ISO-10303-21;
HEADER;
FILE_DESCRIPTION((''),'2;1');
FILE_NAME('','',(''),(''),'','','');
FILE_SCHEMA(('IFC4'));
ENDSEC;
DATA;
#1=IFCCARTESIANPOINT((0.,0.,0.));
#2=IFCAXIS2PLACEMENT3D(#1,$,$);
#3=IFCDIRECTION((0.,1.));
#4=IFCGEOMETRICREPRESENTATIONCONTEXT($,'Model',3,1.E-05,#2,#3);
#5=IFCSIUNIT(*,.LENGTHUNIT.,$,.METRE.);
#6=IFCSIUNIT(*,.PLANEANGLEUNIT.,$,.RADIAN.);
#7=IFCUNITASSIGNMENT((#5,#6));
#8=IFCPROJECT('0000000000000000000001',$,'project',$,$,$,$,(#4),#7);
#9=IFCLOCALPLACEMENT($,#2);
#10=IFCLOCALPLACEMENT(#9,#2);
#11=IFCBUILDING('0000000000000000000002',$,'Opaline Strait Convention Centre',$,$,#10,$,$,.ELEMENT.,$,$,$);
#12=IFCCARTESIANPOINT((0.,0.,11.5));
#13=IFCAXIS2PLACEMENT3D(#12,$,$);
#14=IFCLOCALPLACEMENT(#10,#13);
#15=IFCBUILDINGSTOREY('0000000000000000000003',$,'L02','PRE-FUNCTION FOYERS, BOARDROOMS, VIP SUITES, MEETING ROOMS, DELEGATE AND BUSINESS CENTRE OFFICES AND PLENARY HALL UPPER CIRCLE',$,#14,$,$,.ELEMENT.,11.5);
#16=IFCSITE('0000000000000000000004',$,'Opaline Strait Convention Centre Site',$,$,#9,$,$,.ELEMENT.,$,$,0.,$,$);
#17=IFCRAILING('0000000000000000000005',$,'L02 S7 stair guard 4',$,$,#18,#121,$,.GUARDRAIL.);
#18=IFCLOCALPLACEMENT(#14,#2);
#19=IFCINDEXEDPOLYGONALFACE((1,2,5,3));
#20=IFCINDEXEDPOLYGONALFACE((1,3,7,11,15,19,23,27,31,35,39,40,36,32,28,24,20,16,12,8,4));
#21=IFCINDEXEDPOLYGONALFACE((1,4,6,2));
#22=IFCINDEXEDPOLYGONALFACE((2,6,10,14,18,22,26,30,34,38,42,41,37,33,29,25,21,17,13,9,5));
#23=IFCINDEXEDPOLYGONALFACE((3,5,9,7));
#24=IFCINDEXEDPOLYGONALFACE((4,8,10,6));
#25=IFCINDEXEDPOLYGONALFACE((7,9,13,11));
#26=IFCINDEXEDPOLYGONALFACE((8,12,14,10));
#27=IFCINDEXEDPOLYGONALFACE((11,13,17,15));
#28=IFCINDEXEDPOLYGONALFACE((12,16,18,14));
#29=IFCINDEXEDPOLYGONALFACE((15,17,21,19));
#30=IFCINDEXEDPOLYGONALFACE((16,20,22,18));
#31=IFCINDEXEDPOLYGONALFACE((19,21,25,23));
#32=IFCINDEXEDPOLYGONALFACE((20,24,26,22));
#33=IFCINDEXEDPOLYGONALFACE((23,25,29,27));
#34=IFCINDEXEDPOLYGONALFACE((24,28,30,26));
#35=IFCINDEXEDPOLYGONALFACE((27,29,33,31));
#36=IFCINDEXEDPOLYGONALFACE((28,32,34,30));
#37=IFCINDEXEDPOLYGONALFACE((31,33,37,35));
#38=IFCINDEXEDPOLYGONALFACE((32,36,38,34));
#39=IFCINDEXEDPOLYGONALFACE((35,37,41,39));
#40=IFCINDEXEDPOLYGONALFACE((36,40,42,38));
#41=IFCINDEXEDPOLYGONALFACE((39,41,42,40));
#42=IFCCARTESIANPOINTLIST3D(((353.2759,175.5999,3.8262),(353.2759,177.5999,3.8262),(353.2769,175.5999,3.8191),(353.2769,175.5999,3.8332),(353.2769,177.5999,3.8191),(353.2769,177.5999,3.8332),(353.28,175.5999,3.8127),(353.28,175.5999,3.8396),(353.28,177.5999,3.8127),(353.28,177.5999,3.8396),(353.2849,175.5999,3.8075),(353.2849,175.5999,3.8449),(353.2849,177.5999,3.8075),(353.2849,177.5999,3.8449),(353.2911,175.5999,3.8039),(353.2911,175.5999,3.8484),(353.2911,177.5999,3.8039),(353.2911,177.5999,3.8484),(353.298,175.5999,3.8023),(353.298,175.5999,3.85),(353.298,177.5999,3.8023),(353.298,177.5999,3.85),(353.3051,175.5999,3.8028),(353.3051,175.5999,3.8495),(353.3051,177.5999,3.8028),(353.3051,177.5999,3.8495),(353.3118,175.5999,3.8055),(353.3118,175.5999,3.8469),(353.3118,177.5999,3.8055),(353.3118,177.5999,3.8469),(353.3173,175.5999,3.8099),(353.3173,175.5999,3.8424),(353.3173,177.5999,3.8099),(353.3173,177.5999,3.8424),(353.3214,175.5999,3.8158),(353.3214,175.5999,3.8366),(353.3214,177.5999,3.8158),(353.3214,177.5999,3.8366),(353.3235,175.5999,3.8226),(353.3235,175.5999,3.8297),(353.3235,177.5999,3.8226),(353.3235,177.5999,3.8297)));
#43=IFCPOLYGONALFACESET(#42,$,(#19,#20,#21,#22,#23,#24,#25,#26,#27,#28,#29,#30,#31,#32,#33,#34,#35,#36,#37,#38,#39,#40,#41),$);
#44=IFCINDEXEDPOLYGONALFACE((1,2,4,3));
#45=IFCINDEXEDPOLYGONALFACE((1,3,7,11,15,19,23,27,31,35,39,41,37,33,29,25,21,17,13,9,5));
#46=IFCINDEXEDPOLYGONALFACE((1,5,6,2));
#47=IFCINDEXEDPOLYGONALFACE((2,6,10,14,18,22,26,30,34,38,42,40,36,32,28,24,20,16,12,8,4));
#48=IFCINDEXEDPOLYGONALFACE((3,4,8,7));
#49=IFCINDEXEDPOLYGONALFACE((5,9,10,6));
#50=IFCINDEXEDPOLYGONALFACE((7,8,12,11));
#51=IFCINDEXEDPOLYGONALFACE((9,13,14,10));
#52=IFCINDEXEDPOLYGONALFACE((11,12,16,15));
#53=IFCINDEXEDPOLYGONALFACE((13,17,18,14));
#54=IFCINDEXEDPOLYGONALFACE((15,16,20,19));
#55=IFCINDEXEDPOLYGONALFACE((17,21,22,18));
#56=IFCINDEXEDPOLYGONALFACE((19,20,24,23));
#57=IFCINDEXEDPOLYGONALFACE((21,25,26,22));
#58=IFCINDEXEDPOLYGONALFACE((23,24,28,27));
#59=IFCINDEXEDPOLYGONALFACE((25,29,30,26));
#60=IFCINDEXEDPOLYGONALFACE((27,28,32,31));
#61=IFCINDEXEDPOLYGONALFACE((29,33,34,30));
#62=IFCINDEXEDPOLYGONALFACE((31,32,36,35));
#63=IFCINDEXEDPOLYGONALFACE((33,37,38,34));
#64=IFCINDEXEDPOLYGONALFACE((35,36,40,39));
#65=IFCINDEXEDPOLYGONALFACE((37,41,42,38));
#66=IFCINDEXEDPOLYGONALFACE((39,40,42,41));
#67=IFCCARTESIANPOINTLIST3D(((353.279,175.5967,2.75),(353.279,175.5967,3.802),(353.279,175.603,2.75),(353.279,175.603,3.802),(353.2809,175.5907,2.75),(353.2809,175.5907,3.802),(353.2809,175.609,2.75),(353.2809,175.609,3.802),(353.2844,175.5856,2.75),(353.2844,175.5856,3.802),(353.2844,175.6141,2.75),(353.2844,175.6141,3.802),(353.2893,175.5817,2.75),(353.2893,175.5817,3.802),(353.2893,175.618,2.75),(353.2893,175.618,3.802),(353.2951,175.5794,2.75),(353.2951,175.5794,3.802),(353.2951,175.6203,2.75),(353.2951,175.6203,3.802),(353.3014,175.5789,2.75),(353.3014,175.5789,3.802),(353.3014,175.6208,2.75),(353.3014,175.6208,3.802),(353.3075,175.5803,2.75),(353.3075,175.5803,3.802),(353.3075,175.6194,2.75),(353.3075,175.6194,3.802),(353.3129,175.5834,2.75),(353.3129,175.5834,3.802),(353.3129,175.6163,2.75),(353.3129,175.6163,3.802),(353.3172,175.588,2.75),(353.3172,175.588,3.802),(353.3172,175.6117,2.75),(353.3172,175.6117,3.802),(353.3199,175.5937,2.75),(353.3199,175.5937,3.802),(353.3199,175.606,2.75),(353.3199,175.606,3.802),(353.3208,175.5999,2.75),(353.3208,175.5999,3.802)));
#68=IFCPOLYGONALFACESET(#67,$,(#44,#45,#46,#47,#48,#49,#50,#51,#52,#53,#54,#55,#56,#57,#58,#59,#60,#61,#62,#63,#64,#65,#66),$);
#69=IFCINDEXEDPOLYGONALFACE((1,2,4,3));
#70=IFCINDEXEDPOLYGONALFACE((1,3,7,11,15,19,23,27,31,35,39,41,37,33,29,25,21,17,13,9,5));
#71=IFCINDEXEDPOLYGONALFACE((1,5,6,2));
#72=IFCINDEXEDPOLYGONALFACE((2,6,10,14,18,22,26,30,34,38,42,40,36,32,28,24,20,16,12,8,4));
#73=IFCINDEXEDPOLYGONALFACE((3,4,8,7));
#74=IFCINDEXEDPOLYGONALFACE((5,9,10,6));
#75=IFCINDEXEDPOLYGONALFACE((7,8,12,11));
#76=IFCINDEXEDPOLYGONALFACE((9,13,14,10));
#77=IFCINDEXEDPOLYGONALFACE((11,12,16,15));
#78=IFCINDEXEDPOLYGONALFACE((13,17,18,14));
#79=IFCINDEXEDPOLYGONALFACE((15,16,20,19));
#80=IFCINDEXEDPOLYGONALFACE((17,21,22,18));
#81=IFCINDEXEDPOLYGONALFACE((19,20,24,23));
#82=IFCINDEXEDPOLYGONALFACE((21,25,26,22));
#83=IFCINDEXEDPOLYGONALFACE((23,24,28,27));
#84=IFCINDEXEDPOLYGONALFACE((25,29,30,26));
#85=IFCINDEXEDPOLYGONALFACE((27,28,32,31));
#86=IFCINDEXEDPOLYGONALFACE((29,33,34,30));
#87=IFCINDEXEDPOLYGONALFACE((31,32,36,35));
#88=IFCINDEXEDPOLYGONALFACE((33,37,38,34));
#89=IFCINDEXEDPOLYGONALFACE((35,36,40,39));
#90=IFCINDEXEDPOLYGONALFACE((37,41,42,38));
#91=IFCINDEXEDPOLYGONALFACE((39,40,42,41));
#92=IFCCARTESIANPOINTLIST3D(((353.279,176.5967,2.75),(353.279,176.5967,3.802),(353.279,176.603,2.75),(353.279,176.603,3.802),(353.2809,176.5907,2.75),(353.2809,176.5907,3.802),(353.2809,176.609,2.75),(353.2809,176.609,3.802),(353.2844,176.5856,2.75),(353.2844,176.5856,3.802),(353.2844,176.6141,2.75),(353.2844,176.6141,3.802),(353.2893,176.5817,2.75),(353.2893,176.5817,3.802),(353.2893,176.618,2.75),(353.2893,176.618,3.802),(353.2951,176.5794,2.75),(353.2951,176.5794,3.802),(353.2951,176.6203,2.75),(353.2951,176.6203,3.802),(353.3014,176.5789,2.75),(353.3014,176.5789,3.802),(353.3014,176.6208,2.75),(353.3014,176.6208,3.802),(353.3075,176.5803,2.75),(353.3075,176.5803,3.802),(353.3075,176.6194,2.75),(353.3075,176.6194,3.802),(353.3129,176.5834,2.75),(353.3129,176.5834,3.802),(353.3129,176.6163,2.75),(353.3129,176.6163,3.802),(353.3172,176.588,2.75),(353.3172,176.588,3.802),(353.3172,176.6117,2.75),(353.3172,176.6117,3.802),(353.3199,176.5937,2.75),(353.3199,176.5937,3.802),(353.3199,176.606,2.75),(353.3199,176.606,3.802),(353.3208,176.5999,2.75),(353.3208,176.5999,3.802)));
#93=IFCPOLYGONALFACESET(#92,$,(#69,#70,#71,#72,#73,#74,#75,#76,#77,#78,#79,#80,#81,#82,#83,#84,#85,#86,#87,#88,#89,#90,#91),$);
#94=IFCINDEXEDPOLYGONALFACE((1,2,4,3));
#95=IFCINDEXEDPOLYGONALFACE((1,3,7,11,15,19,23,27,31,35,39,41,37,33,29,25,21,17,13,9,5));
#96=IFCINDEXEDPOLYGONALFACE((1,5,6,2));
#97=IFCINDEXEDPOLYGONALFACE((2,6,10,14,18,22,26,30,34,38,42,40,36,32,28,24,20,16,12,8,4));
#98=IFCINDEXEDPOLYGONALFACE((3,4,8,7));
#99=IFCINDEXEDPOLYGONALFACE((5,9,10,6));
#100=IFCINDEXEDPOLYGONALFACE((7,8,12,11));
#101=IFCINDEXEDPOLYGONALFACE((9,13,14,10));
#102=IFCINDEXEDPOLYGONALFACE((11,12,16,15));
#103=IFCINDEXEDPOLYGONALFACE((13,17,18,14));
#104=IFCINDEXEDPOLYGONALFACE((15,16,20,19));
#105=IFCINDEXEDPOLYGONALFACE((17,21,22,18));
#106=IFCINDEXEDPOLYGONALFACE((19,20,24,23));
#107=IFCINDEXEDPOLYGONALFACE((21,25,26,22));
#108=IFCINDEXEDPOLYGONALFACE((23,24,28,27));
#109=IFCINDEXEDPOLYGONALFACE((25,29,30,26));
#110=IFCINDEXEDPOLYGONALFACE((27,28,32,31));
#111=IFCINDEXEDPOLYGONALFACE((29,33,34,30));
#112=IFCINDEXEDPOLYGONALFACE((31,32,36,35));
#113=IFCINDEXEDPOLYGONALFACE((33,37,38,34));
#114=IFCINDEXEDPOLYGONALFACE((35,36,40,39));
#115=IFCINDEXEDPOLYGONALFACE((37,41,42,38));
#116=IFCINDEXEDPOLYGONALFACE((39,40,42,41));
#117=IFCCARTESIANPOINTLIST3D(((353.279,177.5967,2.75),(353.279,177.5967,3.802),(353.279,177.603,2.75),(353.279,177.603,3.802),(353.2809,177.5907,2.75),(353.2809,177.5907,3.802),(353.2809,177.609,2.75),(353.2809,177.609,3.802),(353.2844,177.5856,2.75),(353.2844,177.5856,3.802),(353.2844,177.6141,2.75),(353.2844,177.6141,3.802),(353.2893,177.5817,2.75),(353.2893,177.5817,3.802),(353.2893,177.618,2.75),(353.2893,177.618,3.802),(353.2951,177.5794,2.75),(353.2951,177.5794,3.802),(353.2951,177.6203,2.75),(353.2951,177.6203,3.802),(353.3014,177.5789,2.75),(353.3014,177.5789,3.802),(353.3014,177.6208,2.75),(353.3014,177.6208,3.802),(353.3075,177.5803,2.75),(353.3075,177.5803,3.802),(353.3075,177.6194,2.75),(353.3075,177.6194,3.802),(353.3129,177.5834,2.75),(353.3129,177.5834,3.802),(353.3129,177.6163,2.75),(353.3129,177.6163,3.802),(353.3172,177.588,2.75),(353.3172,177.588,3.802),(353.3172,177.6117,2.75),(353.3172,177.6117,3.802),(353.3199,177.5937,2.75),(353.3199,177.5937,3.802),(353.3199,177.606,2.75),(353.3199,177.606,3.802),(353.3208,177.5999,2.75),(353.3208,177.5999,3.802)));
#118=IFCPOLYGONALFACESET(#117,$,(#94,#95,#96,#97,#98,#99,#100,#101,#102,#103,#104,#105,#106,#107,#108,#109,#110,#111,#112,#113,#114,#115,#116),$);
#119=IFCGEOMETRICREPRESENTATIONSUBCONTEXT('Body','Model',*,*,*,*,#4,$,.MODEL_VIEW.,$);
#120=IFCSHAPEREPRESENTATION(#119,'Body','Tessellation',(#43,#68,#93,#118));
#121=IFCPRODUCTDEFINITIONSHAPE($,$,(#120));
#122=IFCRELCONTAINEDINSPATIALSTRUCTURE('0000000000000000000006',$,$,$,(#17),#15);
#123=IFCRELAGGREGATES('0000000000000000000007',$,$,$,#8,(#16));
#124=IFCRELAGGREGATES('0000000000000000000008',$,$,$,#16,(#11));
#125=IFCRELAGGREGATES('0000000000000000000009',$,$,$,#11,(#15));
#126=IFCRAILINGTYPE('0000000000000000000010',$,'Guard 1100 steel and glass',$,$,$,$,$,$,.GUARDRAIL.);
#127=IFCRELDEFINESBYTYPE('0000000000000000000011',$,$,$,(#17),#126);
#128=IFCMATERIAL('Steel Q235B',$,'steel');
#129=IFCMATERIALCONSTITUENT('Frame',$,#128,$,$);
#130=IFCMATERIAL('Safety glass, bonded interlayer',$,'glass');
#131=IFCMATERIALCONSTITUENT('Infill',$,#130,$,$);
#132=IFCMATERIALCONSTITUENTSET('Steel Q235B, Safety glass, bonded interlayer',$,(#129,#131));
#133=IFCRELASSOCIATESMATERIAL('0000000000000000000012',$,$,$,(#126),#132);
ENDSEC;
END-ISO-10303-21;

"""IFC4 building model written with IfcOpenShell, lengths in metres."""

from ifc_helpers import new_model, si_unit, direction, frame, origin, origin_2d, place, context, subcontext, project, spatial, circle, extrude, material, constituent, constituent_set, type_object, element, save


model = new_model("IFC4")

# Units and contexts
model_context = context("Model", 3, precision=1e-05, world=origin(), true_north=direction((0.0, 1.0)))
body_context = subcontext(model_context, "Body", "Model", "MODEL_VIEW")
ifc_project = project(units=[si_unit("LENGTHUNIT", "METRE"), si_unit("PLANEANGLEUNIT", "RADIAN")], contexts=[model_context])

# Site, building, storey
site_placement = place(None, origin())
site = spatial("IfcSite", under=ifc_project, at=site_placement, Name="Opaline Strait Convention Centre Site", CompositionType="ELEMENT", RefElevation=0.0)
building_placement = place(site_placement, origin())
building = spatial("IfcBuilding", under=site, at=building_placement, Name="Opaline Strait Convention Centre", CompositionType="ELEMENT")
storey_placement = place(building_placement, frame((0.0, 0.0, 11.5)))
storey = spatial("IfcBuildingStorey", under=building, at=storey_placement, Name="L02", Description="PRE-FUNCTION FOYERS, BOARDROOMS, VIP SUITES, MEETING ROOMS, DELEGATE AND BUSINESS CENTRE OFFICES AND PLENARY HALL UPPER CIRCLE", CompositionType="ELEMENT", Elevation=11.5)

# Railing
ifc_material_1 = material(Name="Steel Q235B", Category="steel")
ifc_constituent_1 = constituent(ifc_material_1, Name="Frame")
ifc_material_2 = material(Name="Safety glass, bonded interlayer", Category="glass")
ifc_constituent_2 = constituent(ifc_material_2, Name="Infill")
ifc_constituent_set = constituent_set(constituents=[ifc_constituent_1, ifc_constituent_2], Name="Steel Q235B, Safety glass, bonded interlayer")
railing_type = type_object("IfcRailingType", Name="Guard 1100 steel and glass", PredefinedType="GUARDRAIL", material=ifc_constituent_set)
railing_1_placement = place(storey_placement, frame((353.2998, 175.5999, 2.75)))
element("IfcRailing", 1, at=railing_1_placement, inside=storey, type_object=railing_type, Name="L02 S7 stair guard 4", PredefinedType="GUARDRAIL", context=body_context, shape_type="SweptSolid", body=[
    extrude(circle(Radius=0.0239, at=origin_2d()), frame((0.0, 0.0, 1.0762), z_axis=(0.0, 1.0, 0.0), x_axis=(-1.0, 0.0, 0.0)), (0.0, 0.0, 1.0), 2.0),
    extrude(circle(Radius=0.021, at=origin_2d()), origin(), (0.0, 0.0, 1.0), 1.052),
    extrude(circle(Radius=0.021, at=origin_2d()), frame((0.0, 1.0, 0.0)), (0.0, 0.0, 1.0), 1.052),
    extrude(circle(Radius=0.021, at=origin_2d()), frame((0.0, 2.0, 0.0)), (0.0, 0.0, 1.0), 1.052),
])

save(model, "model.ifc")
